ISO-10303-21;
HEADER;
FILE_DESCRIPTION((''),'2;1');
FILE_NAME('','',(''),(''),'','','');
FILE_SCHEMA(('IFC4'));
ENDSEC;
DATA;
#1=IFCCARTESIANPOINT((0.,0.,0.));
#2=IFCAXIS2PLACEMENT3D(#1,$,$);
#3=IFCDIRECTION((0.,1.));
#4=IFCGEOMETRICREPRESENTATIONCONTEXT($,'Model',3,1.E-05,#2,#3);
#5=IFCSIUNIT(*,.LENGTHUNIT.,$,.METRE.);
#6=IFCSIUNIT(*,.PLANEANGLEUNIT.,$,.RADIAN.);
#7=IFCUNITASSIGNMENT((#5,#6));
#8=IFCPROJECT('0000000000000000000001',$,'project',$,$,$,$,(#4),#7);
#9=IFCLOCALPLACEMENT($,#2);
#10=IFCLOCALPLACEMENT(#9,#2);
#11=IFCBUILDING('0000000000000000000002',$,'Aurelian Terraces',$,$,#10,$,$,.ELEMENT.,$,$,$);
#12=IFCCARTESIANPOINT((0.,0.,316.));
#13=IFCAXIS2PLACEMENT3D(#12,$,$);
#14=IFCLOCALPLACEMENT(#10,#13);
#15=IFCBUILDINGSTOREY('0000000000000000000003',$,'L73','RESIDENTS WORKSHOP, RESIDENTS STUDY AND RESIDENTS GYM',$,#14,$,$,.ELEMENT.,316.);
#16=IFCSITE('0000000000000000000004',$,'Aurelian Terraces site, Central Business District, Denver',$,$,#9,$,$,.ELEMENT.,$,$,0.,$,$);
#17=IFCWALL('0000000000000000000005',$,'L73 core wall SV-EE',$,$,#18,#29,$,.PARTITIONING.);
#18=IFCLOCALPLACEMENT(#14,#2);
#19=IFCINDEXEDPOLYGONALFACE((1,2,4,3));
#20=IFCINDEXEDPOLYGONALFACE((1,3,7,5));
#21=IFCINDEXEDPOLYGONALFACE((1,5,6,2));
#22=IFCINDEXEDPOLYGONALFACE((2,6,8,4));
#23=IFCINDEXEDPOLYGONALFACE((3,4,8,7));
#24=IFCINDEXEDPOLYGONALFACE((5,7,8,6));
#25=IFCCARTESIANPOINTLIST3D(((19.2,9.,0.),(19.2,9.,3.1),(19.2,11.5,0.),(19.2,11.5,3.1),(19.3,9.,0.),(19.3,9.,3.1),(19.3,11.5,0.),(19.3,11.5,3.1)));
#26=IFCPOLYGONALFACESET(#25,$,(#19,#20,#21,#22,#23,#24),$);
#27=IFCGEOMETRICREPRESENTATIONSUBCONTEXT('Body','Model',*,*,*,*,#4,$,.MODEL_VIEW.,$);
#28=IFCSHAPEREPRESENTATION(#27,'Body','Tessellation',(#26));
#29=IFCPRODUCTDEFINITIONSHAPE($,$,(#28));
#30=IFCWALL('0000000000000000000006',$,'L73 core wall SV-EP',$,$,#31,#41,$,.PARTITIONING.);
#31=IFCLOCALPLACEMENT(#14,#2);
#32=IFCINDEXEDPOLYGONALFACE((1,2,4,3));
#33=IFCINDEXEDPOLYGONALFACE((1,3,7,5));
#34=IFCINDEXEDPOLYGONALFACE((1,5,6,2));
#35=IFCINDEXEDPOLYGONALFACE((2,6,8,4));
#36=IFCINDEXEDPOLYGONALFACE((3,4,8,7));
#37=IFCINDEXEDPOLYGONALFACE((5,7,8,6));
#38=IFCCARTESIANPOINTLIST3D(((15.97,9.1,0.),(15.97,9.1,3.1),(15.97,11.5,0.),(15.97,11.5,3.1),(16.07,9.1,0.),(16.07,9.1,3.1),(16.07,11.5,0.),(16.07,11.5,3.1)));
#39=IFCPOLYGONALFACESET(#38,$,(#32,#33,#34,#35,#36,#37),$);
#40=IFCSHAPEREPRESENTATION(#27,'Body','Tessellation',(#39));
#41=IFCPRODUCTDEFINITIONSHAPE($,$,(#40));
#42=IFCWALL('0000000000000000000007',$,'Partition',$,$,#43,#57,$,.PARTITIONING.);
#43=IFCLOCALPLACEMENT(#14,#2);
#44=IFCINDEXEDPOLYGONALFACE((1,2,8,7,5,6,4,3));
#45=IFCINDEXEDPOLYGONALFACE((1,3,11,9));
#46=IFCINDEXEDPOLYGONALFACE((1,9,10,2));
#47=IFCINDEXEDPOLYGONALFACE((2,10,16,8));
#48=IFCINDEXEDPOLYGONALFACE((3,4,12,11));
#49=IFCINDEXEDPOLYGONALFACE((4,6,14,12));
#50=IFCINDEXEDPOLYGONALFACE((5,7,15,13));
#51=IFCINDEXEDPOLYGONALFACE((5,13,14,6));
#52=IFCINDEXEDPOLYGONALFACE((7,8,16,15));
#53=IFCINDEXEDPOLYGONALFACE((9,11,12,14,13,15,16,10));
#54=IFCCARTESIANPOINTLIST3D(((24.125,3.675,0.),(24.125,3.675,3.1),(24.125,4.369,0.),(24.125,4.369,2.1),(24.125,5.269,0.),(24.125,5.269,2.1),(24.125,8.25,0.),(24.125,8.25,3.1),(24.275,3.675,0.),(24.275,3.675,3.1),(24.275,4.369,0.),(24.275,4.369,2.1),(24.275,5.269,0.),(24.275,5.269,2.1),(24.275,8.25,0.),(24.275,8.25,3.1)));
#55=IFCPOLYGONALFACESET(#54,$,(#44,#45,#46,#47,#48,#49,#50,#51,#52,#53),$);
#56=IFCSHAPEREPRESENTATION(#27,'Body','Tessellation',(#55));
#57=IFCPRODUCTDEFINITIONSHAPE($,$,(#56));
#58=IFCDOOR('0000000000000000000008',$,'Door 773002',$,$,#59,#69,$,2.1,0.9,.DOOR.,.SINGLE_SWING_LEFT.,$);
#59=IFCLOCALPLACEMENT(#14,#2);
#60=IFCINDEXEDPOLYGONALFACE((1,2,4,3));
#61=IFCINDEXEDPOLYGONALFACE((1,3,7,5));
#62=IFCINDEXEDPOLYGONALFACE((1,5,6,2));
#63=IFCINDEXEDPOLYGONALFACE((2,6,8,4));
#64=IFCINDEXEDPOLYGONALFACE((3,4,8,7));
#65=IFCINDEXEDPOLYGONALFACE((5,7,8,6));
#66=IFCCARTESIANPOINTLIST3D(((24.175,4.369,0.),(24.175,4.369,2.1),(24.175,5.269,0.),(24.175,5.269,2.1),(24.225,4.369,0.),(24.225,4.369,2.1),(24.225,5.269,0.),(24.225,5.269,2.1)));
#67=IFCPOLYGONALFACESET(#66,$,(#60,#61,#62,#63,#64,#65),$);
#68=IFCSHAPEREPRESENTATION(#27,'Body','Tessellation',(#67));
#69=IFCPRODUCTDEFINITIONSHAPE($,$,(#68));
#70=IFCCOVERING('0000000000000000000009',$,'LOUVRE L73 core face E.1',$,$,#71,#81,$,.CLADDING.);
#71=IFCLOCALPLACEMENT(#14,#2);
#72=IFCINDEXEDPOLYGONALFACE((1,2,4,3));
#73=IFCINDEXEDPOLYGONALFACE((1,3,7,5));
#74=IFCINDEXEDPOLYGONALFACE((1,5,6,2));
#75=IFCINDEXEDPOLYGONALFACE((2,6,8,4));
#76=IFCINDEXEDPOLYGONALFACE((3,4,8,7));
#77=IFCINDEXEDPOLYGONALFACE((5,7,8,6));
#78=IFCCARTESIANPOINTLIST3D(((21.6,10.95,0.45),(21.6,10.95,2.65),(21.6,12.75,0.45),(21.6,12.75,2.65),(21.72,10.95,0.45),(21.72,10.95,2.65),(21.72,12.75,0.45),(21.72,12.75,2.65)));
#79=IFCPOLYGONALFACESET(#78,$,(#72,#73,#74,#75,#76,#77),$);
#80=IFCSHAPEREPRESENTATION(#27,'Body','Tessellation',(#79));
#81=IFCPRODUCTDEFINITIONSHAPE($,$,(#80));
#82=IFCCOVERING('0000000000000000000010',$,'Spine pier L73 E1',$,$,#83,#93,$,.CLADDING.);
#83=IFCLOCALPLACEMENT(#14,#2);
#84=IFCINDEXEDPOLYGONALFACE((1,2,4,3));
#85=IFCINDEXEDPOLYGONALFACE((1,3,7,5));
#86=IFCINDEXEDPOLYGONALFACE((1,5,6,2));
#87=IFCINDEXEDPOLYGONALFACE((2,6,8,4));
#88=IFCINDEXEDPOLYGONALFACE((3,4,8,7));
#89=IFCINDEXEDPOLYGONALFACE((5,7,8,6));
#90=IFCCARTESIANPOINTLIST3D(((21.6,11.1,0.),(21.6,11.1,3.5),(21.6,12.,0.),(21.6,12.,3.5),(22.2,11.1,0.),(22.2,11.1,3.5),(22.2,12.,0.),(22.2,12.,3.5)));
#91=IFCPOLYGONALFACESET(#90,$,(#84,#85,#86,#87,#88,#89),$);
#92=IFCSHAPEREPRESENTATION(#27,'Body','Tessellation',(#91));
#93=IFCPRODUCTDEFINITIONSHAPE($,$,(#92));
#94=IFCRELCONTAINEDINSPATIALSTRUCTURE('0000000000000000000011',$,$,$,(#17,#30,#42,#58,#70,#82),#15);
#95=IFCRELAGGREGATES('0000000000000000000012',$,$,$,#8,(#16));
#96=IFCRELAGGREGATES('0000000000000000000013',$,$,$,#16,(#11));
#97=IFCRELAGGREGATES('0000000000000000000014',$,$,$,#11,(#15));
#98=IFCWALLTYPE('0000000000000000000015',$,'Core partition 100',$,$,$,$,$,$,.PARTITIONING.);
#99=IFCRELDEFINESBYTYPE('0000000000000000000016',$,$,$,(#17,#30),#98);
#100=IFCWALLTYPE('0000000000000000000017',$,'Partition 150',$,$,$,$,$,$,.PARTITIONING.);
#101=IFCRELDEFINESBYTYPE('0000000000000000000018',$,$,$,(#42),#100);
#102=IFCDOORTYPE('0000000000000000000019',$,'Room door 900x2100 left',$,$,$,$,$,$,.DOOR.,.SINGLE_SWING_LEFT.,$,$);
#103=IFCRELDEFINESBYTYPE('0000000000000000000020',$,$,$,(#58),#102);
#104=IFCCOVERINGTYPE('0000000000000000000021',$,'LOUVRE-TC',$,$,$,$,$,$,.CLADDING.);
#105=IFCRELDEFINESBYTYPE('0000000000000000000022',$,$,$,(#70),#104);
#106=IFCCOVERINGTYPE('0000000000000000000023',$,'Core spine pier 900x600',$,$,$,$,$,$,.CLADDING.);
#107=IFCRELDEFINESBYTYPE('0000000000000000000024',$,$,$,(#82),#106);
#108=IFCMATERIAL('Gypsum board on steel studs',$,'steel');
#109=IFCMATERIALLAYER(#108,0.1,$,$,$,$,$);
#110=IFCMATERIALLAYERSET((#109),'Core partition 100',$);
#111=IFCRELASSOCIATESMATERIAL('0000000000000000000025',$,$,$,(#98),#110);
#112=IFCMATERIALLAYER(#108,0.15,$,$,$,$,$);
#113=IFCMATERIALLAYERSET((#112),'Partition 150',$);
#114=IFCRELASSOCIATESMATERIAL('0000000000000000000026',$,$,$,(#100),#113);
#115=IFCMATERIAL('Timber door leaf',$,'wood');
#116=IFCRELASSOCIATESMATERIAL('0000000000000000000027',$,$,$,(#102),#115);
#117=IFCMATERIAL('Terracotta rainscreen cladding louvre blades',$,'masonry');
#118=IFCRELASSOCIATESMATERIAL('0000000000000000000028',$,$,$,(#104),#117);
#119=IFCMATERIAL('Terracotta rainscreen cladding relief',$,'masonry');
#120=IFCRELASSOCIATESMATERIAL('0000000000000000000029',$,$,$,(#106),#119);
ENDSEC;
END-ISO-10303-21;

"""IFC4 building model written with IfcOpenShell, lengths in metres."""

from ifc_helpers import new_model, si_unit, direction, frame, frame_2d, origin, origin_2d, place, context, subcontext, project, spatial, rectangle, extrude, source, transform, mapped, material, layer, layer_set, type_object, element, fill, save


model = new_model("IFC4")

# Units and contexts
model_context = context("Model", 3, precision=1e-05, world=origin(), true_north=direction((0.0, 1.0)))
body_context = subcontext(model_context, "Body", "Model", "MODEL_VIEW")
ifc_project = project(units=[si_unit("LENGTHUNIT", "METRE"), si_unit("PLANEANGLEUNIT", "RADIAN")], contexts=[model_context])

# Site, building, storey
site_placement = place(None, origin())
site = spatial("IfcSite", under=ifc_project, at=site_placement, Name="Aurelian Terraces site, Central Business District, Denver", CompositionType="ELEMENT", RefElevation=0.0)
building_placement = place(site_placement, origin())
building = spatial("IfcBuilding", under=site, at=building_placement, Name="Aurelian Terraces", CompositionType="ELEMENT")
storey_placement = place(building_placement, frame((0.0, 0.0, 316.0)))
storey = spatial("IfcBuildingStorey", under=building, at=storey_placement, Name="L73", Description="RESIDENTS WORKSHOP, RESIDENTS STUDY AND RESIDENTS GYM", CompositionType="ELEMENT", Elevation=316.0)

# Shared definitions
ifc_material_1 = material(Name="Gypsum board on steel studs", Category="steel")

# Walls
ifc_layer_1 = layer(ifc_material_1, 0.1)
ifc_layer_set_1 = layer_set([ifc_layer_1], Name="Core partition 100")
wall_type_1 = type_object("IfcWallType", Name="Core partition 100", PredefinedType="PARTITIONING", material=ifc_layer_set_1)
shared_shape_1 = source(origin(), body_context, "Body", "SweptSolid", [
    extrude(rectangle(XDim=2.5, YDim=0.1, at=frame_2d((1.25, 0.0))), origin(), (0.0, 0.0, 1.0), 3.1),
])
wall_1_placement = place(storey_placement, frame((19.25, 9.0, 0.0), z_axis=(0.0, 0.0, 1.0), x_axis=(0.0, 1.0, 0.0)))
element("IfcWall", 1, at=wall_1_placement, inside=storey, type_object=wall_type_1, Name="L73 core wall SV-EE", PredefinedType="PARTITIONING", context=body_context, shape_type="MappedRepresentation", body=[
    mapped(shared_shape_1, transform((0.0, 0.0, 0.0), scale=1.0)),
])
shared_shape_2 = source(origin(), body_context, "Body", "SweptSolid", [
    extrude(rectangle(XDim=2.4, YDim=0.1, at=frame_2d((1.2, 0.0))), origin(), (0.0, 0.0, 1.0), 3.1),
])
wall_2_placement = place(storey_placement, frame((16.02, 9.1, 0.0), z_axis=(0.0, 0.0, 1.0), x_axis=(0.0, 1.0, 0.0)))
element("IfcWall", 2, at=wall_2_placement, inside=storey, type_object=wall_type_1, Name="L73 core wall SV-EP", PredefinedType="PARTITIONING", context=body_context, shape_type="MappedRepresentation", body=[
    mapped(shared_shape_2, transform((0.0, 0.0, 0.0), scale=1.0)),
])

# Wall, opening, door
ifc_layer_2 = layer(ifc_material_1, 0.15)
ifc_layer_set_2 = layer_set([ifc_layer_2], Name="Partition 150")
wall_type_2 = type_object("IfcWallType", Name="Partition 150", PredefinedType="PARTITIONING", material=ifc_layer_set_2)
shared_shape_3 = source(origin(), body_context, "Body", "SweptSolid", [
    extrude(rectangle(XDim=4.575, YDim=0.15, at=frame_2d((2.2875, 0.0))), origin(), (0.0, 0.0, 1.0), 3.1),
])
wall_3_placement = place(storey_placement, frame((24.2, 8.25, 0.0), z_axis=(0.0, 0.0, 1.0), x_axis=(0.0, -1.0, 0.0)))
wall_3 = element("IfcWall", 3, at=wall_3_placement, inside=storey, type_object=wall_type_2, Name="Partition", PredefinedType="PARTITIONING", context=body_context, shape_type="MappedRepresentation", body=[
    mapped(shared_shape_3, transform((0.0, 0.0, 0.0), scale=1.0)),
])
shared_shape_4 = source(origin(), body_context, "Body", "SweptSolid", [
    extrude(rectangle(XDim=0.9, YDim=2.1, at=frame_2d((0.45, 1.05))), frame((0.0, 0.085, 0.0), z_axis=(0.0, -1.0, 0.0), x_axis=(1.0, 0.0, 0.0)), (0.0, 0.0, 1.0), 0.17),
])
opening_1_placement = place(wall_3_placement, frame((2.981, 0.0, 0.0)))
opening_1 = element("IfcOpeningElement", 4, at=opening_1_placement, cuts=wall_3, PredefinedType="OPENING", context=body_context, shape_type="MappedRepresentation", body=[
    mapped(shared_shape_4, transform((0.0, 0.0, 0.0), scale=1.0)),
])
ifc_material_2 = material(Name="Timber door leaf", Category="wood")
door_type_1 = type_object("IfcDoorType", Name="Room door 900x2100 left", OperationType="SINGLE_SWING_LEFT", PredefinedType="DOOR", material=ifc_material_2)
shared_shape_5 = source(origin(), body_context, "Body", "SweptSolid", [
    extrude(rectangle(XDim=0.9, YDim=2.1, at=frame_2d((0.45, 1.05))), frame((0.0, 0.025, 0.0), z_axis=(0.0, -1.0, 0.0), x_axis=(1.0, 0.0, 0.0)), (0.0, 0.0, 1.0), 0.05),
])
door_1_placement = place(opening_1_placement, origin())
door_1 = element("IfcDoor", 5, at=door_1_placement, inside=storey, type_object=door_type_1, Name="Door 773002", OperationType="SINGLE_SWING_LEFT", OverallHeight=2.1, OverallWidth=0.9, PredefinedType="DOOR", context=body_context, shape_type="MappedRepresentation", body=[
    mapped(shared_shape_5, transform((0.0, 0.0, 0.0), scale=1.0)),
])
fill(opening_1, door_1)

# Coverings
ifc_material_3 = material(Name="Terracotta rainscreen cladding louvre blades", Category="masonry")
covering_type_1 = type_object("IfcCoveringType", Name="LOUVRE-TC", PredefinedType="CLADDING", material=ifc_material_3)
shared_shape_6 = source(origin(), body_context, "Body", "SweptSolid", [
    extrude(rectangle(XDim=0.12, YDim=1.8, at=origin_2d()), origin(), (0.0, 0.0, 1.0), 2.2),
])
covering_1_placement = place(storey_placement, frame((21.66, 11.85, 0.45), z_axis=(0.0, 0.0, 1.0), x_axis=(1.0, 0.0, 0.0)))
element("IfcCovering", 6, at=covering_1_placement, inside=storey, type_object=covering_type_1, Name="LOUVRE L73 core face E.1", PredefinedType="CLADDING", context=body_context, shape_type="MappedRepresentation", body=[
    mapped(shared_shape_6, transform((0.0, 0.0, 0.0), scale=1.0)),
])
ifc_material_4 = material(Name="Terracotta rainscreen cladding relief", Category="masonry")
covering_type_2 = type_object("IfcCoveringType", Name="Core spine pier 900x600", PredefinedType="CLADDING", material=ifc_material_4)
shared_shape_7 = source(origin(), body_context, "Body", "SweptSolid", [
    extrude(rectangle(XDim=0.6, YDim=0.9, at=origin_2d()), origin(), (0.0, 0.0, 1.0), 3.5),
])
covering_2_placement = place(storey_placement, frame((21.9, 11.55, 0.0), z_axis=(0.0, 0.0, 1.0), x_axis=(1.0, 0.0, 0.0)))
element("IfcCovering", 7, at=covering_2_placement, inside=storey, type_object=covering_type_2, Name="Spine pier L73 E1", PredefinedType="CLADDING", context=body_context, shape_type="MappedRepresentation", body=[
    mapped(shared_shape_7, transform((0.0, 0.0, 0.0), scale=1.0)),
])

save(model, "model.ifc")
